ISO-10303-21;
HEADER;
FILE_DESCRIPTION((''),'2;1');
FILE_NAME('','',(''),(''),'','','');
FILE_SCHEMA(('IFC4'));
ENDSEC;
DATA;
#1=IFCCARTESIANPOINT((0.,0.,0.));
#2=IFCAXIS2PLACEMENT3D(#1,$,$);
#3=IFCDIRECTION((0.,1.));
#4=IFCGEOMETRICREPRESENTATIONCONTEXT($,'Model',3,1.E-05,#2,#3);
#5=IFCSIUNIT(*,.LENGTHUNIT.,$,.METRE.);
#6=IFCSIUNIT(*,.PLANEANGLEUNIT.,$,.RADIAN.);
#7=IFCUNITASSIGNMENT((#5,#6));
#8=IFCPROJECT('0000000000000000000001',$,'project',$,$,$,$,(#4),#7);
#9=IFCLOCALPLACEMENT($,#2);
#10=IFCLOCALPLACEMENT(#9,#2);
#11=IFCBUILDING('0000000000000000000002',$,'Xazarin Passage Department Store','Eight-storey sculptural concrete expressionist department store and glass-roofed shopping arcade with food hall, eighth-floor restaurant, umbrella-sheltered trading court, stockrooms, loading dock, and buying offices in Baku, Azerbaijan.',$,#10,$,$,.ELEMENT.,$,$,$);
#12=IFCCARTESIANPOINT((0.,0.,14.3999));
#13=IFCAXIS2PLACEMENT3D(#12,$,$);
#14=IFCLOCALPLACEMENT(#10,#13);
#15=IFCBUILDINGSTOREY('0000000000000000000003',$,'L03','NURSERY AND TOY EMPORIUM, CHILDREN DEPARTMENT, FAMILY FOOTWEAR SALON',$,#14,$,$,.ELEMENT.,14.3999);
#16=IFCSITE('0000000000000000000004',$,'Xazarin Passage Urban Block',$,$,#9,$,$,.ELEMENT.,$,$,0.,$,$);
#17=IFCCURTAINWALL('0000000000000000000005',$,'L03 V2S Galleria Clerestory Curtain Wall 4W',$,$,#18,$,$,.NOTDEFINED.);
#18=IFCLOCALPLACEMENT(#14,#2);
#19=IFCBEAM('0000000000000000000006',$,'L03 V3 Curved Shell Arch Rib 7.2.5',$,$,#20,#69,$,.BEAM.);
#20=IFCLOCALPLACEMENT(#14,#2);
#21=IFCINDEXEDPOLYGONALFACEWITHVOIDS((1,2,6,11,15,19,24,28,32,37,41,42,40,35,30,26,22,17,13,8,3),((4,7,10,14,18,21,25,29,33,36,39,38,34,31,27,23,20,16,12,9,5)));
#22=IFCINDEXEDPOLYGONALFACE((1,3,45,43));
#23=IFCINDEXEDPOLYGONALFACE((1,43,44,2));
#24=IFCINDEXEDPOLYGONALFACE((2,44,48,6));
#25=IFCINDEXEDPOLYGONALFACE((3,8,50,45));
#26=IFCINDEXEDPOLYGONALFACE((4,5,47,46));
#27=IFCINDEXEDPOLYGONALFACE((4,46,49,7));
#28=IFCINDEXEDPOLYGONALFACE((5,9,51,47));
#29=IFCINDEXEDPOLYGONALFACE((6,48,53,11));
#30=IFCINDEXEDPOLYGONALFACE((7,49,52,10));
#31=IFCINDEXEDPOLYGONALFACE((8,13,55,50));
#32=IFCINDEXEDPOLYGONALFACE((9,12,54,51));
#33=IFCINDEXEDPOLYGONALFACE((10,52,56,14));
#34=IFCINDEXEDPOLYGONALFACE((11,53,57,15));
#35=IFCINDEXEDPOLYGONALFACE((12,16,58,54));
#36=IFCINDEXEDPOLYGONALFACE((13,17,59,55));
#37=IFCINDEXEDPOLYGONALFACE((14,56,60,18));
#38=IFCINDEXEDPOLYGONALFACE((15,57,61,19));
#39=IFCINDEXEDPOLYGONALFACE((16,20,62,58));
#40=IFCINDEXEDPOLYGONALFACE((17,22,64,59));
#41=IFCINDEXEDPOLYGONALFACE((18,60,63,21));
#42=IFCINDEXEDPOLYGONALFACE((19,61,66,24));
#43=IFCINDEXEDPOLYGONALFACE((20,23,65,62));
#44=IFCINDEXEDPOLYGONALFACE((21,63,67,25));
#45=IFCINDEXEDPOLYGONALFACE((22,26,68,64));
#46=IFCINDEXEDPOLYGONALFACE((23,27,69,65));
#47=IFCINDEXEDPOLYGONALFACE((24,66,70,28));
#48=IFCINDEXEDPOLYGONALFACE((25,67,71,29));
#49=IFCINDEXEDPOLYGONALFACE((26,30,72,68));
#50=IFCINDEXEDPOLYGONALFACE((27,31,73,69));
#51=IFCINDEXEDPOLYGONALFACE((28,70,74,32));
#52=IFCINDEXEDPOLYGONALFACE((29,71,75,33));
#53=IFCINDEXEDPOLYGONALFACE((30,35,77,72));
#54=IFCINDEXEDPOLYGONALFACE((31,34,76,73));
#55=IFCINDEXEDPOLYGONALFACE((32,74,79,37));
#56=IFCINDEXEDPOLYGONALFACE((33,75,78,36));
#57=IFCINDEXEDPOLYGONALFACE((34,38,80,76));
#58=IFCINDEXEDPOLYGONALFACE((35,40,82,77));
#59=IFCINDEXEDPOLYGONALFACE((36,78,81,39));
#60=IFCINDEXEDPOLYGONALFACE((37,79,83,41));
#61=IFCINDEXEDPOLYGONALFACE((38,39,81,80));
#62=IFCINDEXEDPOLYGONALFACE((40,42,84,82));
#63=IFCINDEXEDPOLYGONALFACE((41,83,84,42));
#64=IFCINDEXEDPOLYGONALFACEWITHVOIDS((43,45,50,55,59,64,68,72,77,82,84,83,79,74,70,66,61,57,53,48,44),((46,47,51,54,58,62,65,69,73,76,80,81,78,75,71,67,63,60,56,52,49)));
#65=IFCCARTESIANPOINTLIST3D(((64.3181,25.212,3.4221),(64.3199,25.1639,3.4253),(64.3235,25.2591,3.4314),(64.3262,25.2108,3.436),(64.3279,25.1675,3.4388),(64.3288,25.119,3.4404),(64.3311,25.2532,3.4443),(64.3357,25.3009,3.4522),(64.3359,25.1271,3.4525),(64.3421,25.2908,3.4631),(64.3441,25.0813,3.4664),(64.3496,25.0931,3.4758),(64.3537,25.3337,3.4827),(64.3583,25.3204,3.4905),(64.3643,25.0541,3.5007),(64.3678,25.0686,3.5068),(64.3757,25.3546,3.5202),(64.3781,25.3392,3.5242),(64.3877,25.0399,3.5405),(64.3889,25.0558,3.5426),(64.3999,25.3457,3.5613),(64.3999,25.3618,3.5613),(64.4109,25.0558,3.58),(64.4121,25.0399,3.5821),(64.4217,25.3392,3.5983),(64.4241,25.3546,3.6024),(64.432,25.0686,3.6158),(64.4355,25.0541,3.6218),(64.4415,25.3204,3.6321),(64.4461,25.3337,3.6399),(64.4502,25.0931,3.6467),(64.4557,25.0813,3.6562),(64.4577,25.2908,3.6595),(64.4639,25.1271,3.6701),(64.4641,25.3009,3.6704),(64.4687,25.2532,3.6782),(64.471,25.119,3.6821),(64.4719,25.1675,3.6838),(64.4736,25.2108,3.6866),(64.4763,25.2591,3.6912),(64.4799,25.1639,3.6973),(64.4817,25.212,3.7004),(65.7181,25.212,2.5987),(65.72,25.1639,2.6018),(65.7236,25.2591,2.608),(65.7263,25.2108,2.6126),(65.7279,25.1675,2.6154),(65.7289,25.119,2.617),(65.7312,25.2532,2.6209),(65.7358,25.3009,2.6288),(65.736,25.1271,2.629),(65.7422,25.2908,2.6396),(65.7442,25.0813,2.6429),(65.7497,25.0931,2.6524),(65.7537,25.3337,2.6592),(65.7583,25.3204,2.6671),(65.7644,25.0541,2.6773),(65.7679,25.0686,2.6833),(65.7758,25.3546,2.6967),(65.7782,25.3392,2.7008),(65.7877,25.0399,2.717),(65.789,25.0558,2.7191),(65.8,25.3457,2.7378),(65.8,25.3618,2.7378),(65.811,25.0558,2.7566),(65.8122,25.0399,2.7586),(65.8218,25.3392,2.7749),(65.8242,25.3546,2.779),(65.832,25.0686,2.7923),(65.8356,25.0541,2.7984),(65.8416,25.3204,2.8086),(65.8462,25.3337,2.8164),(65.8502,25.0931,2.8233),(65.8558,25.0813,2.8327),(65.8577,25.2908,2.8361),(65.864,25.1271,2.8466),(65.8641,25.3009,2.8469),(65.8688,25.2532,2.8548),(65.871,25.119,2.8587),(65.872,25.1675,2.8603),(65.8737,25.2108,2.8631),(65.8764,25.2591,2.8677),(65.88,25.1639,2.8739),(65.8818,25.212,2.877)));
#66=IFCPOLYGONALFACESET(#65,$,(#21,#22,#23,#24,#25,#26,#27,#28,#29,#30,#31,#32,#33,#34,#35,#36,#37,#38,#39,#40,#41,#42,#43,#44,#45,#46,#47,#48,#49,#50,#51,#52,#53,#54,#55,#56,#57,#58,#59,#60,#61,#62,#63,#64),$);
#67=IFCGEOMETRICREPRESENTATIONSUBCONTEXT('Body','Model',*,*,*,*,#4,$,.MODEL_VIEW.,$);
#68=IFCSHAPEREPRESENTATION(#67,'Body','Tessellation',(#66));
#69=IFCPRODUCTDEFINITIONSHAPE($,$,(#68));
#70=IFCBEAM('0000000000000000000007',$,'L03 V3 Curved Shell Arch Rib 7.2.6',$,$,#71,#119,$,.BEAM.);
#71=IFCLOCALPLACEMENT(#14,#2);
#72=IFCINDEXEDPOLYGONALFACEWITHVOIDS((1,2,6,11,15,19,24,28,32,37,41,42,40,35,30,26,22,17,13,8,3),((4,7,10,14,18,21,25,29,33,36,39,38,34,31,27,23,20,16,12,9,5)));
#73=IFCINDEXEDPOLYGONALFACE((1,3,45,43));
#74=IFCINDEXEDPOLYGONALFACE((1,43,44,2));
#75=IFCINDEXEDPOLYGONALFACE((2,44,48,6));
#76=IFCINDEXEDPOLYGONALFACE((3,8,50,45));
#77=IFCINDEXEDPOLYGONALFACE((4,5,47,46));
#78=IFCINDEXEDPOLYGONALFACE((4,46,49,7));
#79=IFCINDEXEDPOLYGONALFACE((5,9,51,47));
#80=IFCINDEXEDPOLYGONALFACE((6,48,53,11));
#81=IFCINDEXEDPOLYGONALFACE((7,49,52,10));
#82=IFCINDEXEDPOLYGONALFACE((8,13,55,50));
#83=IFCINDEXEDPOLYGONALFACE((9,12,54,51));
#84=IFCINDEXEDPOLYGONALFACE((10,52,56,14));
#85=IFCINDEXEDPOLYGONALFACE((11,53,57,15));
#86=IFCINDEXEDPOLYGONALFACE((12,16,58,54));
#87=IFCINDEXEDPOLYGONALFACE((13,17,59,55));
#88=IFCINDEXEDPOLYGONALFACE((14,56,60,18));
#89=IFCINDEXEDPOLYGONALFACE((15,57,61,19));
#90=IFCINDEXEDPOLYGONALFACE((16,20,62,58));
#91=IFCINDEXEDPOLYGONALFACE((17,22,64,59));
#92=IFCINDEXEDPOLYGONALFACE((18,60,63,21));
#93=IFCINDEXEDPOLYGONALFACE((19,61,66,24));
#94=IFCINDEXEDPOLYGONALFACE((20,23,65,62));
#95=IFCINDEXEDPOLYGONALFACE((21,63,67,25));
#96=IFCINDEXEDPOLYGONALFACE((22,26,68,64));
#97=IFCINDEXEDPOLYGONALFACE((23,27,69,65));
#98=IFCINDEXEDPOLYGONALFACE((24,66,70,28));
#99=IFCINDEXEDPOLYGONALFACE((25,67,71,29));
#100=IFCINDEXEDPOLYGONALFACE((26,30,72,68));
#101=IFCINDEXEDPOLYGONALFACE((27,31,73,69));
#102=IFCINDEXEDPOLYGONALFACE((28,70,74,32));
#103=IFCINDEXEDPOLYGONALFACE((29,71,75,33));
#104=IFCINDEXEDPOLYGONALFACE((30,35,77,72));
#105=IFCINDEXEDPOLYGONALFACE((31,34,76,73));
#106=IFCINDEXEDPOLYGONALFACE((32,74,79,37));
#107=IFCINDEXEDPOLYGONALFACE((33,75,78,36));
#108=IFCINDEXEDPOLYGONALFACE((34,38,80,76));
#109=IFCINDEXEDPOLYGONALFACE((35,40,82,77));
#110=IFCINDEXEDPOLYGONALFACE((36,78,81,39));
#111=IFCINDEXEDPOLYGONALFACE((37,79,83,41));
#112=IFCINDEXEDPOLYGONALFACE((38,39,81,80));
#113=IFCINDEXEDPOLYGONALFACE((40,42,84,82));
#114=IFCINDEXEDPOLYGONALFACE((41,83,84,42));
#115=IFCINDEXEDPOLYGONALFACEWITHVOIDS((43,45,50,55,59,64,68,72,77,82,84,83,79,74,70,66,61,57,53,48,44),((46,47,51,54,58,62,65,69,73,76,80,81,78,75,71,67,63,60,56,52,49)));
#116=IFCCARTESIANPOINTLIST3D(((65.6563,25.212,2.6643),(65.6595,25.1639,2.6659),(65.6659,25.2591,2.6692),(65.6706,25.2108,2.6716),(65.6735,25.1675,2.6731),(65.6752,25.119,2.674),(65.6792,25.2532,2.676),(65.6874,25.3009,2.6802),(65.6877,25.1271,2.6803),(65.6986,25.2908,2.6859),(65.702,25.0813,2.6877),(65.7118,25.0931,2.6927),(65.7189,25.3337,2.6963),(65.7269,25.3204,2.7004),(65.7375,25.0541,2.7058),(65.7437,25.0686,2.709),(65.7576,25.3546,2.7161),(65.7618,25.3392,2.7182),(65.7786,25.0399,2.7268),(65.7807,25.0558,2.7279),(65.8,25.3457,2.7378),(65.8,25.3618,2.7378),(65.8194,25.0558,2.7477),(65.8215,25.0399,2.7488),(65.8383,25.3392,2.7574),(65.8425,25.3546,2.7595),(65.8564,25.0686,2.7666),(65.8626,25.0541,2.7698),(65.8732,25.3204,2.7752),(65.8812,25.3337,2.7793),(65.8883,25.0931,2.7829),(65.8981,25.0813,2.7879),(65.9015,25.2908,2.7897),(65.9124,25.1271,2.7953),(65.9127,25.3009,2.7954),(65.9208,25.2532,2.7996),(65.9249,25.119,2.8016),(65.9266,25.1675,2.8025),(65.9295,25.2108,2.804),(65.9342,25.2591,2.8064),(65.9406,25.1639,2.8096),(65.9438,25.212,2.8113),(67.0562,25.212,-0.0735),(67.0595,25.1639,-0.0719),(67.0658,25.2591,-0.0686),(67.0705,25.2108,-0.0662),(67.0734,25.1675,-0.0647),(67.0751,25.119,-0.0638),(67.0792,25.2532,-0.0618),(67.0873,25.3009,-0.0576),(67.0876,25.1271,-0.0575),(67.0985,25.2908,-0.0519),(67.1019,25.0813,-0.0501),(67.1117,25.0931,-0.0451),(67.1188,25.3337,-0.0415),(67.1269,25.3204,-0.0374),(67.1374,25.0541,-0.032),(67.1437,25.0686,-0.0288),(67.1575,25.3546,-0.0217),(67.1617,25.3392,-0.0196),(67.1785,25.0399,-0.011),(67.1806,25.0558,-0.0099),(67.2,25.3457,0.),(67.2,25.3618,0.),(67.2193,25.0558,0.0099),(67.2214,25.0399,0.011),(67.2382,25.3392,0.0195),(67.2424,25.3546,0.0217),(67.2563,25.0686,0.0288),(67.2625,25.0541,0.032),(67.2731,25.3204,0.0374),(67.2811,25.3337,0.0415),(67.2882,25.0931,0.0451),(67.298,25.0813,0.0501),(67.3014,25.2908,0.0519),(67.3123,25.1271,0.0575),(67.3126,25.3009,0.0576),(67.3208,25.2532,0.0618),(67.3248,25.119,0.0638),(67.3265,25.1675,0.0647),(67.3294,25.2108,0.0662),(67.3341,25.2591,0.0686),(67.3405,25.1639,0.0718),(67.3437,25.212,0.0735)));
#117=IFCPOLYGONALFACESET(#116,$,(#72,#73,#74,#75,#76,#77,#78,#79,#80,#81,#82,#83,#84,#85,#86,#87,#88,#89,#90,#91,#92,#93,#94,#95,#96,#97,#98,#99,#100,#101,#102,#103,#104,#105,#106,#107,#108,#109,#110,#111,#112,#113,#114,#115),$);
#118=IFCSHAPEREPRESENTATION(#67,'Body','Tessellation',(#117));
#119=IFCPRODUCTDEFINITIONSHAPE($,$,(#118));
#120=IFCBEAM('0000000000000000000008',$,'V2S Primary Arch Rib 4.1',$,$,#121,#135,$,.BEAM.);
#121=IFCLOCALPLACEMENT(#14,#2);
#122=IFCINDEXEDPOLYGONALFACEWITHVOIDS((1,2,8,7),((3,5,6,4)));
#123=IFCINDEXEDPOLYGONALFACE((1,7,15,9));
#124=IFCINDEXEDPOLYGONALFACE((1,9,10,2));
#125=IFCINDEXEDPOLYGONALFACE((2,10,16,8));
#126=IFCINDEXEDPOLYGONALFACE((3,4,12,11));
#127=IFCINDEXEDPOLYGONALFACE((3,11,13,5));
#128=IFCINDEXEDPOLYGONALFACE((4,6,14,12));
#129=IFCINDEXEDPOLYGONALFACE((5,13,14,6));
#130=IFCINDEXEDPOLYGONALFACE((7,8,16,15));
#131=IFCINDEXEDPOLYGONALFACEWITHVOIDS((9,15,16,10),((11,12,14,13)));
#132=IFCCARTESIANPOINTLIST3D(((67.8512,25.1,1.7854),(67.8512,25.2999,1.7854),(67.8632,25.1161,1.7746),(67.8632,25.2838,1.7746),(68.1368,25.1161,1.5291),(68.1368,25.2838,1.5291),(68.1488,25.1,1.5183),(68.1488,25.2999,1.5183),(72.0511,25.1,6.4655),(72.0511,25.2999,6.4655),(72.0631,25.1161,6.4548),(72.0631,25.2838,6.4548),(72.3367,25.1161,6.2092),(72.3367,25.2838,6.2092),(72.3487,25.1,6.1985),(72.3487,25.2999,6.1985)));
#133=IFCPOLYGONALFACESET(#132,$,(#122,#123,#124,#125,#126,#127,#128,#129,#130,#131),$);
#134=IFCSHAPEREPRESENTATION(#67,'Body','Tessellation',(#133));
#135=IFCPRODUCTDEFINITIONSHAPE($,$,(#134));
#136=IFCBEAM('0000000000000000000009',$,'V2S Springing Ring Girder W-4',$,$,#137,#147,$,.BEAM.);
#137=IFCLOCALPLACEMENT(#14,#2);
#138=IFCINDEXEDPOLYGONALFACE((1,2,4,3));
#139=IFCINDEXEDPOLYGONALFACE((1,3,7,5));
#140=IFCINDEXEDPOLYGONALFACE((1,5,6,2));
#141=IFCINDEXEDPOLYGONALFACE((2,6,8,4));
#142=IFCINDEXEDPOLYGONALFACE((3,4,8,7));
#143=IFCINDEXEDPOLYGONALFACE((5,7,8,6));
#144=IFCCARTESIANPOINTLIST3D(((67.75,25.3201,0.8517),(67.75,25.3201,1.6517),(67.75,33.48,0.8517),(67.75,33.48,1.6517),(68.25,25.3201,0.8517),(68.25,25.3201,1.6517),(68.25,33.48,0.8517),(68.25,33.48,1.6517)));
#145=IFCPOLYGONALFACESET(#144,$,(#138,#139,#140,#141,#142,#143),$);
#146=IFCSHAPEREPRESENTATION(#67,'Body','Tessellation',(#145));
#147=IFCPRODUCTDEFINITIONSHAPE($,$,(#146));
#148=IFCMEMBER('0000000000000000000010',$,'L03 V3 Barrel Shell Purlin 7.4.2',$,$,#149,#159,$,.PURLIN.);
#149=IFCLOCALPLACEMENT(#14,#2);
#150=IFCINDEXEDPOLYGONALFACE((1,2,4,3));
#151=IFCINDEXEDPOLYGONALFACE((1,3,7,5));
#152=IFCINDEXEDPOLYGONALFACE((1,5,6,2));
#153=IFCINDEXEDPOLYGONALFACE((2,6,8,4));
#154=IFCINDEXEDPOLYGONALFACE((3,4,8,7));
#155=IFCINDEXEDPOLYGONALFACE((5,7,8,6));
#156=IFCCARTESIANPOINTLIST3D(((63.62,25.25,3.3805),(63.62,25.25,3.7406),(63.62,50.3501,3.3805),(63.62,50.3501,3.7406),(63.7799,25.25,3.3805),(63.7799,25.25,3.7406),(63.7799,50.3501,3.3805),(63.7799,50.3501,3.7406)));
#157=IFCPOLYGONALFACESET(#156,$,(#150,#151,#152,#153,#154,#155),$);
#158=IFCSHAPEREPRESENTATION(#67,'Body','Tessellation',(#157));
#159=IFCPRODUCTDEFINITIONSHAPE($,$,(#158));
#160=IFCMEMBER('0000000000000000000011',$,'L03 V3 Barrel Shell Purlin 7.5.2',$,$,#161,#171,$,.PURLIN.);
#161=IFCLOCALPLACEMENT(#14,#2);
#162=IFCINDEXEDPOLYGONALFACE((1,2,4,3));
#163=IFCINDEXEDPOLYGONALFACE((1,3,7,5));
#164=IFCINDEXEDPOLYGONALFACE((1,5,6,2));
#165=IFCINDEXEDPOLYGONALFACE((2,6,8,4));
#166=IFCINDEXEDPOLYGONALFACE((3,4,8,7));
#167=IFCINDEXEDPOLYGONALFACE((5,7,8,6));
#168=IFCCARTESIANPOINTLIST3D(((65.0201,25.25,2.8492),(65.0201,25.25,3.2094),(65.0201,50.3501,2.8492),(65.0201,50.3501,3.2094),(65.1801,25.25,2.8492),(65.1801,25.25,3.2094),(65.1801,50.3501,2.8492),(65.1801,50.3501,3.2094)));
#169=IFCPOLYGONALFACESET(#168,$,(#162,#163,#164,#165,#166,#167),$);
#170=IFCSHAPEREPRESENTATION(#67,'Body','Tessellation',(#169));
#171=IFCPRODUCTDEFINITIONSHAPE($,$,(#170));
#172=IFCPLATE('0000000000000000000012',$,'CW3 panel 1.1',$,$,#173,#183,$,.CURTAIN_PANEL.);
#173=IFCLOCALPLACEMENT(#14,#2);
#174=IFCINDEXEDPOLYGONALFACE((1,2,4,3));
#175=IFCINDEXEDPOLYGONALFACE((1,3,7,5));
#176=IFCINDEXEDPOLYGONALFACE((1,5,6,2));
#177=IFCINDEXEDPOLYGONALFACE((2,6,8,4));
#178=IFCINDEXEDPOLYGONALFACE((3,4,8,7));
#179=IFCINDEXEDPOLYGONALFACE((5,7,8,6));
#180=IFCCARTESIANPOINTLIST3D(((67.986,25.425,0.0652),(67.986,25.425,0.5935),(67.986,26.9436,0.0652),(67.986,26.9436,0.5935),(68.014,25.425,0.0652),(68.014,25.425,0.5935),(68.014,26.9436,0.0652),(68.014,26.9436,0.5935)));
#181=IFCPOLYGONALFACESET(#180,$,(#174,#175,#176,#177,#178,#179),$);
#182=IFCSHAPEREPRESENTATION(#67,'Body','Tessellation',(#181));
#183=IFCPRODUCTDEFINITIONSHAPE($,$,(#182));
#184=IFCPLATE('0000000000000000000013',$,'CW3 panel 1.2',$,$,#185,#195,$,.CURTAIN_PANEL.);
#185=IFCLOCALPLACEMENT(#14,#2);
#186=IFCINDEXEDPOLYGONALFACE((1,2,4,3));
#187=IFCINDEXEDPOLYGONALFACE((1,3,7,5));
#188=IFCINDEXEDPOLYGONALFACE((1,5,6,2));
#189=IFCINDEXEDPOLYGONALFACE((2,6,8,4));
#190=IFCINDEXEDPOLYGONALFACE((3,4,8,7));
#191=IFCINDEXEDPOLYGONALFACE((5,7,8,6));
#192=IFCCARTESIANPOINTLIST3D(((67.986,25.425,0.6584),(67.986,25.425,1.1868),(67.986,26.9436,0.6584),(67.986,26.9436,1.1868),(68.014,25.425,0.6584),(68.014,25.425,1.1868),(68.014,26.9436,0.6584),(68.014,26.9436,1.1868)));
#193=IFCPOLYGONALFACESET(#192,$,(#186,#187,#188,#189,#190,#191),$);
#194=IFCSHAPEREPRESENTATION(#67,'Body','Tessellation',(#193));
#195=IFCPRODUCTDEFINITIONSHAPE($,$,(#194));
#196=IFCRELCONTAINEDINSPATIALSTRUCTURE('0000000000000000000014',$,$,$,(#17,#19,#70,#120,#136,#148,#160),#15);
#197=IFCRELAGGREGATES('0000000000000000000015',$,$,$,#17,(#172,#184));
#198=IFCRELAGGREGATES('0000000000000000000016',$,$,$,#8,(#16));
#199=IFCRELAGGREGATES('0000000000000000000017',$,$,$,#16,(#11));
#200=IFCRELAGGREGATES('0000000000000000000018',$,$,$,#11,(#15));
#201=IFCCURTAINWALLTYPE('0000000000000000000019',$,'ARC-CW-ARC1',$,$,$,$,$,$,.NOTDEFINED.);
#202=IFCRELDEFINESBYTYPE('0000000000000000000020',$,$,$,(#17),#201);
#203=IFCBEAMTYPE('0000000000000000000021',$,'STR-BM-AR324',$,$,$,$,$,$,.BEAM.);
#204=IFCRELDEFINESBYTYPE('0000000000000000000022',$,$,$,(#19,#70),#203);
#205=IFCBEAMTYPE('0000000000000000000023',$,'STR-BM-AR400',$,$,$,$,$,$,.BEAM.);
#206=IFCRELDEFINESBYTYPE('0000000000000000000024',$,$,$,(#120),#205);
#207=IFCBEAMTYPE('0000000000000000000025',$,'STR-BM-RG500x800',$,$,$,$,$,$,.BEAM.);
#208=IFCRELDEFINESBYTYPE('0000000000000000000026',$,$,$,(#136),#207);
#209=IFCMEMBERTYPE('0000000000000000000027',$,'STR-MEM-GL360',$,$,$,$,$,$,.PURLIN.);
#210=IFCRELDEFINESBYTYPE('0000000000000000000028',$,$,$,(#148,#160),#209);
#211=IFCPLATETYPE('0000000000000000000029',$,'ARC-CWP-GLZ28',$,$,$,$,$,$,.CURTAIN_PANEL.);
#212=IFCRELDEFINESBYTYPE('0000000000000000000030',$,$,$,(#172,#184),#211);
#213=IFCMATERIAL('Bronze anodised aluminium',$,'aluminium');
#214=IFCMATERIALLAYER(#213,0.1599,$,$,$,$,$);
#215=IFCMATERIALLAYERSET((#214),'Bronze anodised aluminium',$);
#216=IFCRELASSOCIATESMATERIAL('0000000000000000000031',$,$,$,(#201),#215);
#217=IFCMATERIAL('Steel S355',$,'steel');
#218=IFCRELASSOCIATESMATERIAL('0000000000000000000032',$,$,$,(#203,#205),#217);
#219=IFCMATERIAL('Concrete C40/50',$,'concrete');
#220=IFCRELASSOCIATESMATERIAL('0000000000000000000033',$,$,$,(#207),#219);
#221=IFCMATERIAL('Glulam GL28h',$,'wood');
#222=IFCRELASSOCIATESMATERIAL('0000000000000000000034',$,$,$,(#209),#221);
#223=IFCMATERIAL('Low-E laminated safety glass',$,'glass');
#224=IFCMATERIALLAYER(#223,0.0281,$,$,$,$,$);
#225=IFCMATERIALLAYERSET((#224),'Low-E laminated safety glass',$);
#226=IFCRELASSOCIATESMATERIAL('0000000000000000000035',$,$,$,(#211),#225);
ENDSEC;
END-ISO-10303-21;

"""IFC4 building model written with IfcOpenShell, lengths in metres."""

from ifc_helpers import new_model, si_unit, direction, frame, origin, origin_2d, place, context, subcontext, project, spatial, rectangle, hollow_rectangle, hollow_circle, extrude, material, layer, layer_set, material_profile, profile_set, type_object, element, aggregate, save


model = new_model("IFC4")

# Units and contexts
model_context = context("Model", 3, precision=1e-05, world=origin(), true_north=direction((0.0, 1.0)))
body_context = subcontext(model_context, "Body", "Model", "MODEL_VIEW")
ifc_project = project(units=[si_unit("LENGTHUNIT", "METRE"), si_unit("PLANEANGLEUNIT", "RADIAN")], contexts=[model_context])

# Site, building, storey
site_placement = place(None, origin())
site = spatial("IfcSite", under=ifc_project, at=site_placement, Name="Xazarin Passage Urban Block", CompositionType="ELEMENT", RefElevation=0.0)
building_placement = place(site_placement, origin())
building = spatial("IfcBuilding", under=site, at=building_placement, Name="Xazarin Passage Department Store", Description="Eight-storey sculptural concrete expressionist department store and glass-roofed shopping arcade with food hall, eighth-floor restaurant, umbrella-sheltered trading court, stockrooms, loading dock, and buying offices in Baku, Azerbaijan.", CompositionType="ELEMENT")
storey_placement = place(building_placement, frame((0.0, 0.0, 14.3999)))
storey = spatial("IfcBuildingStorey", under=building, at=storey_placement, Name="L03", Description="NURSERY AND TOY EMPORIUM, CHILDREN DEPARTMENT, FAMILY FOOTWEAR SALON", CompositionType="ELEMENT", Elevation=14.3999)

# Shared definitions
ifc_material_1 = material(Name="Steel S355", Category="steel")

# Curtain wall
ifc_material_2 = material(Name="Bronze anodised aluminium", Category="aluminium")
ifc_layer_1 = layer(ifc_material_2, 0.1599)
ifc_layer_set_1 = layer_set([ifc_layer_1], Name="Bronze anodised aluminium")
curtain_wall_type = type_object("IfcCurtainWallType", Name="ARC-CW-ARC1", PredefinedType="NOTDEFINED", material=ifc_layer_set_1)
curtain_wall_placement = place(storey_placement, origin())
curtain_wall = element("IfcCurtainWall", 1, at=curtain_wall_placement, inside=storey, type_object=curtain_wall_type, Name="L03 V2S Galleria Clerestory Curtain Wall 4W", PredefinedType="NOTDEFINED")

# Beams
ifc_material_profile_1 = material_profile(ifc_material_1, hollow_circle(Radius=0.1619, WallThickness=0.0161, at=origin_2d()), Name="CHS 323.9x16")
ifc_profile_set_1 = profile_set([ifc_material_profile_1], Name="Steel S355")
beam_type_1 = type_object("IfcBeamType", Name="STR-BM-AR324", PredefinedType="BEAM", material=ifc_profile_set_1)
beam_1_placement = place(storey_placement, frame((64.3999, 25.2, 3.5613), z_axis=(0.861969, 0.0, -0.506961), x_axis=(0.0, 1.0, 0.0)))
element("IfcBeam", 2, at=beam_1_placement, inside=storey, type_object=beam_type_1, Name="L03 V3 Curved Shell Arch Rib 7.2.5", PredefinedType="BEAM", context=body_context, shape_type="SweptSolid", body=[
    extrude(hollow_circle(Radius=0.1619, WallThickness=0.0161, at=origin_2d()), origin(), (0.0, 0.0, 1.0), 1.6243),
])
beam_2_placement = place(storey_placement, frame((65.8, 25.2, 2.7378), z_axis=(0.455262, 0.0, -0.890357), x_axis=(0.0, 1.0, 0.0)))
element("IfcBeam", 3, at=beam_2_placement, inside=storey, type_object=beam_type_1, Name="L03 V3 Curved Shell Arch Rib 7.2.6", PredefinedType="BEAM", context=body_context, shape_type="SweptSolid", body=[
    extrude(hollow_circle(Radius=0.1619, WallThickness=0.0161, at=origin_2d()), origin(), (0.0, 0.0, 1.0), 3.075),
])
ifc_material_profile_2 = material_profile(ifc_material_1, hollow_rectangle(XDim=0.2, YDim=0.3999, WallThickness=0.0161, at=origin_2d()), Name="RHS 400x200x16")
ifc_profile_set_2 = profile_set([ifc_material_profile_2], Name="Steel S355")
beam_type_2 = type_object("IfcBeamType", Name="STR-BM-AR400", PredefinedType="BEAM", material=ifc_profile_set_2)
beam_3_placement = place(storey_placement, frame((68.0, 25.2, 1.6519), z_axis=(0.667892, 0.0, 0.744259), x_axis=(0.0, 1.0, 0.0)))
element("IfcBeam", 4, at=beam_3_placement, inside=storey, type_object=beam_type_2, Name="V2S Primary Arch Rib 4.1", PredefinedType="BEAM", context=body_context, shape_type="SweptSolid", body=[
    extrude(hollow_rectangle(XDim=0.2, YDim=0.3999, WallThickness=0.0161, at=origin_2d()), origin(), (0.0, 0.0, 1.0), 6.2883),
])
ifc_material_3 = material(Name="Concrete C40/50", Category="concrete")
ifc_material_profile_3 = material_profile(ifc_material_3, rectangle(XDim=0.5, YDim=0.8, at=origin_2d()), Name="RC 500x800")
ifc_profile_set_3 = profile_set([ifc_material_profile_3], Name="Concrete C40/50")
beam_type_3 = type_object("IfcBeamType", Name="STR-BM-RG500x800", PredefinedType="BEAM", material=ifc_profile_set_3)
beam_4_placement = place(storey_placement, frame((68.0, 25.3201, 1.2517), z_axis=(0.0, 1.0, 0.0), x_axis=(-1.0, 0.0, 0.0)))
element("IfcBeam", 5, at=beam_4_placement, inside=storey, type_object=beam_type_3, Name="V2S Springing Ring Girder W-4", PredefinedType="BEAM", context=body_context, shape_type="SweptSolid", body=[
    extrude(rectangle(XDim=0.5, YDim=0.8, at=origin_2d()), origin(), (0.0, 0.0, 1.0), 8.1599),
])

# Members
ifc_material_4 = material(Name="Glulam GL28h", Category="wood")
ifc_material_profile_4 = material_profile(ifc_material_4, rectangle(XDim=0.1599, YDim=0.3601, at=origin_2d()), Name="GL28h 160x360")
ifc_profile_set_4 = profile_set([ifc_material_profile_4], Name="Glulam GL28h")
member_type_1 = type_object("IfcMemberType", Name="STR-MEM-GL360", PredefinedType="PURLIN", material=ifc_profile_set_4)
for number, where, z_axis, x_axis, name in (
    (6, (63.7, 25.25, 3.5605), (0.0, 1.0, 0.0), (-1.0, 0.0, 0.0), "L03 V3 Barrel Shell Purlin 7.4.2"),
    (7, (65.1001, 25.25, 3.0293), (0.0, 1.0, 0.0), (-1.0, 0.0, 0.0), "L03 V3 Barrel Shell Purlin 7.5.2"),
):
    element("IfcMember", number, at=place(storey_placement, frame(where, z_axis=z_axis, x_axis=x_axis)), inside=storey, type_object=member_type_1, Name=name, PredefinedType="PURLIN", context=body_context, shape_type="SweptSolid", body=[
        extrude(rectangle(XDim=0.1599, YDim=0.3601, at=origin_2d()), origin(), (0.0, 0.0, 1.0), 25.1001),
    ])

# Plates
ifc_material_5 = material(Name="Low-E laminated safety glass", Category="glass")
ifc_layer_2 = layer(ifc_material_5, 0.0281)
ifc_layer_set_2 = layer_set([ifc_layer_2], Name="Low-E laminated safety glass")
plate_type_1 = type_object("IfcPlateType", Name="ARC-CWP-GLZ28", PredefinedType="CURTAIN_PANEL", material=ifc_layer_set_2)
plate_1_placement = place(storey_placement, frame((68.0, 26.1843, 0.0652), z_axis=(0.0, 0.0, 1.0), x_axis=(0.0, 1.0, 0.0)))
plate_1 = element("IfcPlate", 8, at=plate_1_placement, type_object=plate_type_1, Name="CW3 panel 1.1", PredefinedType="CURTAIN_PANEL", context=body_context, shape_type="SweptSolid", body=[
    extrude(rectangle(XDim=1.5186, YDim=0.0281, at=origin_2d()), origin(), (0.0, 0.0, 1.0), 0.5283),
])
plate_2_placement = place(storey_placement, frame((68.0, 26.1843, 0.6584), z_axis=(0.0, 0.0, 1.0), x_axis=(0.0, 1.0, 0.0)))
plate_2 = element("IfcPlate", 9, at=plate_2_placement, type_object=plate_type_1, Name="CW3 panel 1.2", PredefinedType="CURTAIN_PANEL", context=body_context, shape_type="SweptSolid", body=[
    extrude(rectangle(XDim=1.5186, YDim=0.0281, at=origin_2d()), origin(), (0.0, 0.0, 1.0), 0.5283),
])
aggregate(curtain_wall, [plate_1, plate_2])

save(model, "model.ifc")
